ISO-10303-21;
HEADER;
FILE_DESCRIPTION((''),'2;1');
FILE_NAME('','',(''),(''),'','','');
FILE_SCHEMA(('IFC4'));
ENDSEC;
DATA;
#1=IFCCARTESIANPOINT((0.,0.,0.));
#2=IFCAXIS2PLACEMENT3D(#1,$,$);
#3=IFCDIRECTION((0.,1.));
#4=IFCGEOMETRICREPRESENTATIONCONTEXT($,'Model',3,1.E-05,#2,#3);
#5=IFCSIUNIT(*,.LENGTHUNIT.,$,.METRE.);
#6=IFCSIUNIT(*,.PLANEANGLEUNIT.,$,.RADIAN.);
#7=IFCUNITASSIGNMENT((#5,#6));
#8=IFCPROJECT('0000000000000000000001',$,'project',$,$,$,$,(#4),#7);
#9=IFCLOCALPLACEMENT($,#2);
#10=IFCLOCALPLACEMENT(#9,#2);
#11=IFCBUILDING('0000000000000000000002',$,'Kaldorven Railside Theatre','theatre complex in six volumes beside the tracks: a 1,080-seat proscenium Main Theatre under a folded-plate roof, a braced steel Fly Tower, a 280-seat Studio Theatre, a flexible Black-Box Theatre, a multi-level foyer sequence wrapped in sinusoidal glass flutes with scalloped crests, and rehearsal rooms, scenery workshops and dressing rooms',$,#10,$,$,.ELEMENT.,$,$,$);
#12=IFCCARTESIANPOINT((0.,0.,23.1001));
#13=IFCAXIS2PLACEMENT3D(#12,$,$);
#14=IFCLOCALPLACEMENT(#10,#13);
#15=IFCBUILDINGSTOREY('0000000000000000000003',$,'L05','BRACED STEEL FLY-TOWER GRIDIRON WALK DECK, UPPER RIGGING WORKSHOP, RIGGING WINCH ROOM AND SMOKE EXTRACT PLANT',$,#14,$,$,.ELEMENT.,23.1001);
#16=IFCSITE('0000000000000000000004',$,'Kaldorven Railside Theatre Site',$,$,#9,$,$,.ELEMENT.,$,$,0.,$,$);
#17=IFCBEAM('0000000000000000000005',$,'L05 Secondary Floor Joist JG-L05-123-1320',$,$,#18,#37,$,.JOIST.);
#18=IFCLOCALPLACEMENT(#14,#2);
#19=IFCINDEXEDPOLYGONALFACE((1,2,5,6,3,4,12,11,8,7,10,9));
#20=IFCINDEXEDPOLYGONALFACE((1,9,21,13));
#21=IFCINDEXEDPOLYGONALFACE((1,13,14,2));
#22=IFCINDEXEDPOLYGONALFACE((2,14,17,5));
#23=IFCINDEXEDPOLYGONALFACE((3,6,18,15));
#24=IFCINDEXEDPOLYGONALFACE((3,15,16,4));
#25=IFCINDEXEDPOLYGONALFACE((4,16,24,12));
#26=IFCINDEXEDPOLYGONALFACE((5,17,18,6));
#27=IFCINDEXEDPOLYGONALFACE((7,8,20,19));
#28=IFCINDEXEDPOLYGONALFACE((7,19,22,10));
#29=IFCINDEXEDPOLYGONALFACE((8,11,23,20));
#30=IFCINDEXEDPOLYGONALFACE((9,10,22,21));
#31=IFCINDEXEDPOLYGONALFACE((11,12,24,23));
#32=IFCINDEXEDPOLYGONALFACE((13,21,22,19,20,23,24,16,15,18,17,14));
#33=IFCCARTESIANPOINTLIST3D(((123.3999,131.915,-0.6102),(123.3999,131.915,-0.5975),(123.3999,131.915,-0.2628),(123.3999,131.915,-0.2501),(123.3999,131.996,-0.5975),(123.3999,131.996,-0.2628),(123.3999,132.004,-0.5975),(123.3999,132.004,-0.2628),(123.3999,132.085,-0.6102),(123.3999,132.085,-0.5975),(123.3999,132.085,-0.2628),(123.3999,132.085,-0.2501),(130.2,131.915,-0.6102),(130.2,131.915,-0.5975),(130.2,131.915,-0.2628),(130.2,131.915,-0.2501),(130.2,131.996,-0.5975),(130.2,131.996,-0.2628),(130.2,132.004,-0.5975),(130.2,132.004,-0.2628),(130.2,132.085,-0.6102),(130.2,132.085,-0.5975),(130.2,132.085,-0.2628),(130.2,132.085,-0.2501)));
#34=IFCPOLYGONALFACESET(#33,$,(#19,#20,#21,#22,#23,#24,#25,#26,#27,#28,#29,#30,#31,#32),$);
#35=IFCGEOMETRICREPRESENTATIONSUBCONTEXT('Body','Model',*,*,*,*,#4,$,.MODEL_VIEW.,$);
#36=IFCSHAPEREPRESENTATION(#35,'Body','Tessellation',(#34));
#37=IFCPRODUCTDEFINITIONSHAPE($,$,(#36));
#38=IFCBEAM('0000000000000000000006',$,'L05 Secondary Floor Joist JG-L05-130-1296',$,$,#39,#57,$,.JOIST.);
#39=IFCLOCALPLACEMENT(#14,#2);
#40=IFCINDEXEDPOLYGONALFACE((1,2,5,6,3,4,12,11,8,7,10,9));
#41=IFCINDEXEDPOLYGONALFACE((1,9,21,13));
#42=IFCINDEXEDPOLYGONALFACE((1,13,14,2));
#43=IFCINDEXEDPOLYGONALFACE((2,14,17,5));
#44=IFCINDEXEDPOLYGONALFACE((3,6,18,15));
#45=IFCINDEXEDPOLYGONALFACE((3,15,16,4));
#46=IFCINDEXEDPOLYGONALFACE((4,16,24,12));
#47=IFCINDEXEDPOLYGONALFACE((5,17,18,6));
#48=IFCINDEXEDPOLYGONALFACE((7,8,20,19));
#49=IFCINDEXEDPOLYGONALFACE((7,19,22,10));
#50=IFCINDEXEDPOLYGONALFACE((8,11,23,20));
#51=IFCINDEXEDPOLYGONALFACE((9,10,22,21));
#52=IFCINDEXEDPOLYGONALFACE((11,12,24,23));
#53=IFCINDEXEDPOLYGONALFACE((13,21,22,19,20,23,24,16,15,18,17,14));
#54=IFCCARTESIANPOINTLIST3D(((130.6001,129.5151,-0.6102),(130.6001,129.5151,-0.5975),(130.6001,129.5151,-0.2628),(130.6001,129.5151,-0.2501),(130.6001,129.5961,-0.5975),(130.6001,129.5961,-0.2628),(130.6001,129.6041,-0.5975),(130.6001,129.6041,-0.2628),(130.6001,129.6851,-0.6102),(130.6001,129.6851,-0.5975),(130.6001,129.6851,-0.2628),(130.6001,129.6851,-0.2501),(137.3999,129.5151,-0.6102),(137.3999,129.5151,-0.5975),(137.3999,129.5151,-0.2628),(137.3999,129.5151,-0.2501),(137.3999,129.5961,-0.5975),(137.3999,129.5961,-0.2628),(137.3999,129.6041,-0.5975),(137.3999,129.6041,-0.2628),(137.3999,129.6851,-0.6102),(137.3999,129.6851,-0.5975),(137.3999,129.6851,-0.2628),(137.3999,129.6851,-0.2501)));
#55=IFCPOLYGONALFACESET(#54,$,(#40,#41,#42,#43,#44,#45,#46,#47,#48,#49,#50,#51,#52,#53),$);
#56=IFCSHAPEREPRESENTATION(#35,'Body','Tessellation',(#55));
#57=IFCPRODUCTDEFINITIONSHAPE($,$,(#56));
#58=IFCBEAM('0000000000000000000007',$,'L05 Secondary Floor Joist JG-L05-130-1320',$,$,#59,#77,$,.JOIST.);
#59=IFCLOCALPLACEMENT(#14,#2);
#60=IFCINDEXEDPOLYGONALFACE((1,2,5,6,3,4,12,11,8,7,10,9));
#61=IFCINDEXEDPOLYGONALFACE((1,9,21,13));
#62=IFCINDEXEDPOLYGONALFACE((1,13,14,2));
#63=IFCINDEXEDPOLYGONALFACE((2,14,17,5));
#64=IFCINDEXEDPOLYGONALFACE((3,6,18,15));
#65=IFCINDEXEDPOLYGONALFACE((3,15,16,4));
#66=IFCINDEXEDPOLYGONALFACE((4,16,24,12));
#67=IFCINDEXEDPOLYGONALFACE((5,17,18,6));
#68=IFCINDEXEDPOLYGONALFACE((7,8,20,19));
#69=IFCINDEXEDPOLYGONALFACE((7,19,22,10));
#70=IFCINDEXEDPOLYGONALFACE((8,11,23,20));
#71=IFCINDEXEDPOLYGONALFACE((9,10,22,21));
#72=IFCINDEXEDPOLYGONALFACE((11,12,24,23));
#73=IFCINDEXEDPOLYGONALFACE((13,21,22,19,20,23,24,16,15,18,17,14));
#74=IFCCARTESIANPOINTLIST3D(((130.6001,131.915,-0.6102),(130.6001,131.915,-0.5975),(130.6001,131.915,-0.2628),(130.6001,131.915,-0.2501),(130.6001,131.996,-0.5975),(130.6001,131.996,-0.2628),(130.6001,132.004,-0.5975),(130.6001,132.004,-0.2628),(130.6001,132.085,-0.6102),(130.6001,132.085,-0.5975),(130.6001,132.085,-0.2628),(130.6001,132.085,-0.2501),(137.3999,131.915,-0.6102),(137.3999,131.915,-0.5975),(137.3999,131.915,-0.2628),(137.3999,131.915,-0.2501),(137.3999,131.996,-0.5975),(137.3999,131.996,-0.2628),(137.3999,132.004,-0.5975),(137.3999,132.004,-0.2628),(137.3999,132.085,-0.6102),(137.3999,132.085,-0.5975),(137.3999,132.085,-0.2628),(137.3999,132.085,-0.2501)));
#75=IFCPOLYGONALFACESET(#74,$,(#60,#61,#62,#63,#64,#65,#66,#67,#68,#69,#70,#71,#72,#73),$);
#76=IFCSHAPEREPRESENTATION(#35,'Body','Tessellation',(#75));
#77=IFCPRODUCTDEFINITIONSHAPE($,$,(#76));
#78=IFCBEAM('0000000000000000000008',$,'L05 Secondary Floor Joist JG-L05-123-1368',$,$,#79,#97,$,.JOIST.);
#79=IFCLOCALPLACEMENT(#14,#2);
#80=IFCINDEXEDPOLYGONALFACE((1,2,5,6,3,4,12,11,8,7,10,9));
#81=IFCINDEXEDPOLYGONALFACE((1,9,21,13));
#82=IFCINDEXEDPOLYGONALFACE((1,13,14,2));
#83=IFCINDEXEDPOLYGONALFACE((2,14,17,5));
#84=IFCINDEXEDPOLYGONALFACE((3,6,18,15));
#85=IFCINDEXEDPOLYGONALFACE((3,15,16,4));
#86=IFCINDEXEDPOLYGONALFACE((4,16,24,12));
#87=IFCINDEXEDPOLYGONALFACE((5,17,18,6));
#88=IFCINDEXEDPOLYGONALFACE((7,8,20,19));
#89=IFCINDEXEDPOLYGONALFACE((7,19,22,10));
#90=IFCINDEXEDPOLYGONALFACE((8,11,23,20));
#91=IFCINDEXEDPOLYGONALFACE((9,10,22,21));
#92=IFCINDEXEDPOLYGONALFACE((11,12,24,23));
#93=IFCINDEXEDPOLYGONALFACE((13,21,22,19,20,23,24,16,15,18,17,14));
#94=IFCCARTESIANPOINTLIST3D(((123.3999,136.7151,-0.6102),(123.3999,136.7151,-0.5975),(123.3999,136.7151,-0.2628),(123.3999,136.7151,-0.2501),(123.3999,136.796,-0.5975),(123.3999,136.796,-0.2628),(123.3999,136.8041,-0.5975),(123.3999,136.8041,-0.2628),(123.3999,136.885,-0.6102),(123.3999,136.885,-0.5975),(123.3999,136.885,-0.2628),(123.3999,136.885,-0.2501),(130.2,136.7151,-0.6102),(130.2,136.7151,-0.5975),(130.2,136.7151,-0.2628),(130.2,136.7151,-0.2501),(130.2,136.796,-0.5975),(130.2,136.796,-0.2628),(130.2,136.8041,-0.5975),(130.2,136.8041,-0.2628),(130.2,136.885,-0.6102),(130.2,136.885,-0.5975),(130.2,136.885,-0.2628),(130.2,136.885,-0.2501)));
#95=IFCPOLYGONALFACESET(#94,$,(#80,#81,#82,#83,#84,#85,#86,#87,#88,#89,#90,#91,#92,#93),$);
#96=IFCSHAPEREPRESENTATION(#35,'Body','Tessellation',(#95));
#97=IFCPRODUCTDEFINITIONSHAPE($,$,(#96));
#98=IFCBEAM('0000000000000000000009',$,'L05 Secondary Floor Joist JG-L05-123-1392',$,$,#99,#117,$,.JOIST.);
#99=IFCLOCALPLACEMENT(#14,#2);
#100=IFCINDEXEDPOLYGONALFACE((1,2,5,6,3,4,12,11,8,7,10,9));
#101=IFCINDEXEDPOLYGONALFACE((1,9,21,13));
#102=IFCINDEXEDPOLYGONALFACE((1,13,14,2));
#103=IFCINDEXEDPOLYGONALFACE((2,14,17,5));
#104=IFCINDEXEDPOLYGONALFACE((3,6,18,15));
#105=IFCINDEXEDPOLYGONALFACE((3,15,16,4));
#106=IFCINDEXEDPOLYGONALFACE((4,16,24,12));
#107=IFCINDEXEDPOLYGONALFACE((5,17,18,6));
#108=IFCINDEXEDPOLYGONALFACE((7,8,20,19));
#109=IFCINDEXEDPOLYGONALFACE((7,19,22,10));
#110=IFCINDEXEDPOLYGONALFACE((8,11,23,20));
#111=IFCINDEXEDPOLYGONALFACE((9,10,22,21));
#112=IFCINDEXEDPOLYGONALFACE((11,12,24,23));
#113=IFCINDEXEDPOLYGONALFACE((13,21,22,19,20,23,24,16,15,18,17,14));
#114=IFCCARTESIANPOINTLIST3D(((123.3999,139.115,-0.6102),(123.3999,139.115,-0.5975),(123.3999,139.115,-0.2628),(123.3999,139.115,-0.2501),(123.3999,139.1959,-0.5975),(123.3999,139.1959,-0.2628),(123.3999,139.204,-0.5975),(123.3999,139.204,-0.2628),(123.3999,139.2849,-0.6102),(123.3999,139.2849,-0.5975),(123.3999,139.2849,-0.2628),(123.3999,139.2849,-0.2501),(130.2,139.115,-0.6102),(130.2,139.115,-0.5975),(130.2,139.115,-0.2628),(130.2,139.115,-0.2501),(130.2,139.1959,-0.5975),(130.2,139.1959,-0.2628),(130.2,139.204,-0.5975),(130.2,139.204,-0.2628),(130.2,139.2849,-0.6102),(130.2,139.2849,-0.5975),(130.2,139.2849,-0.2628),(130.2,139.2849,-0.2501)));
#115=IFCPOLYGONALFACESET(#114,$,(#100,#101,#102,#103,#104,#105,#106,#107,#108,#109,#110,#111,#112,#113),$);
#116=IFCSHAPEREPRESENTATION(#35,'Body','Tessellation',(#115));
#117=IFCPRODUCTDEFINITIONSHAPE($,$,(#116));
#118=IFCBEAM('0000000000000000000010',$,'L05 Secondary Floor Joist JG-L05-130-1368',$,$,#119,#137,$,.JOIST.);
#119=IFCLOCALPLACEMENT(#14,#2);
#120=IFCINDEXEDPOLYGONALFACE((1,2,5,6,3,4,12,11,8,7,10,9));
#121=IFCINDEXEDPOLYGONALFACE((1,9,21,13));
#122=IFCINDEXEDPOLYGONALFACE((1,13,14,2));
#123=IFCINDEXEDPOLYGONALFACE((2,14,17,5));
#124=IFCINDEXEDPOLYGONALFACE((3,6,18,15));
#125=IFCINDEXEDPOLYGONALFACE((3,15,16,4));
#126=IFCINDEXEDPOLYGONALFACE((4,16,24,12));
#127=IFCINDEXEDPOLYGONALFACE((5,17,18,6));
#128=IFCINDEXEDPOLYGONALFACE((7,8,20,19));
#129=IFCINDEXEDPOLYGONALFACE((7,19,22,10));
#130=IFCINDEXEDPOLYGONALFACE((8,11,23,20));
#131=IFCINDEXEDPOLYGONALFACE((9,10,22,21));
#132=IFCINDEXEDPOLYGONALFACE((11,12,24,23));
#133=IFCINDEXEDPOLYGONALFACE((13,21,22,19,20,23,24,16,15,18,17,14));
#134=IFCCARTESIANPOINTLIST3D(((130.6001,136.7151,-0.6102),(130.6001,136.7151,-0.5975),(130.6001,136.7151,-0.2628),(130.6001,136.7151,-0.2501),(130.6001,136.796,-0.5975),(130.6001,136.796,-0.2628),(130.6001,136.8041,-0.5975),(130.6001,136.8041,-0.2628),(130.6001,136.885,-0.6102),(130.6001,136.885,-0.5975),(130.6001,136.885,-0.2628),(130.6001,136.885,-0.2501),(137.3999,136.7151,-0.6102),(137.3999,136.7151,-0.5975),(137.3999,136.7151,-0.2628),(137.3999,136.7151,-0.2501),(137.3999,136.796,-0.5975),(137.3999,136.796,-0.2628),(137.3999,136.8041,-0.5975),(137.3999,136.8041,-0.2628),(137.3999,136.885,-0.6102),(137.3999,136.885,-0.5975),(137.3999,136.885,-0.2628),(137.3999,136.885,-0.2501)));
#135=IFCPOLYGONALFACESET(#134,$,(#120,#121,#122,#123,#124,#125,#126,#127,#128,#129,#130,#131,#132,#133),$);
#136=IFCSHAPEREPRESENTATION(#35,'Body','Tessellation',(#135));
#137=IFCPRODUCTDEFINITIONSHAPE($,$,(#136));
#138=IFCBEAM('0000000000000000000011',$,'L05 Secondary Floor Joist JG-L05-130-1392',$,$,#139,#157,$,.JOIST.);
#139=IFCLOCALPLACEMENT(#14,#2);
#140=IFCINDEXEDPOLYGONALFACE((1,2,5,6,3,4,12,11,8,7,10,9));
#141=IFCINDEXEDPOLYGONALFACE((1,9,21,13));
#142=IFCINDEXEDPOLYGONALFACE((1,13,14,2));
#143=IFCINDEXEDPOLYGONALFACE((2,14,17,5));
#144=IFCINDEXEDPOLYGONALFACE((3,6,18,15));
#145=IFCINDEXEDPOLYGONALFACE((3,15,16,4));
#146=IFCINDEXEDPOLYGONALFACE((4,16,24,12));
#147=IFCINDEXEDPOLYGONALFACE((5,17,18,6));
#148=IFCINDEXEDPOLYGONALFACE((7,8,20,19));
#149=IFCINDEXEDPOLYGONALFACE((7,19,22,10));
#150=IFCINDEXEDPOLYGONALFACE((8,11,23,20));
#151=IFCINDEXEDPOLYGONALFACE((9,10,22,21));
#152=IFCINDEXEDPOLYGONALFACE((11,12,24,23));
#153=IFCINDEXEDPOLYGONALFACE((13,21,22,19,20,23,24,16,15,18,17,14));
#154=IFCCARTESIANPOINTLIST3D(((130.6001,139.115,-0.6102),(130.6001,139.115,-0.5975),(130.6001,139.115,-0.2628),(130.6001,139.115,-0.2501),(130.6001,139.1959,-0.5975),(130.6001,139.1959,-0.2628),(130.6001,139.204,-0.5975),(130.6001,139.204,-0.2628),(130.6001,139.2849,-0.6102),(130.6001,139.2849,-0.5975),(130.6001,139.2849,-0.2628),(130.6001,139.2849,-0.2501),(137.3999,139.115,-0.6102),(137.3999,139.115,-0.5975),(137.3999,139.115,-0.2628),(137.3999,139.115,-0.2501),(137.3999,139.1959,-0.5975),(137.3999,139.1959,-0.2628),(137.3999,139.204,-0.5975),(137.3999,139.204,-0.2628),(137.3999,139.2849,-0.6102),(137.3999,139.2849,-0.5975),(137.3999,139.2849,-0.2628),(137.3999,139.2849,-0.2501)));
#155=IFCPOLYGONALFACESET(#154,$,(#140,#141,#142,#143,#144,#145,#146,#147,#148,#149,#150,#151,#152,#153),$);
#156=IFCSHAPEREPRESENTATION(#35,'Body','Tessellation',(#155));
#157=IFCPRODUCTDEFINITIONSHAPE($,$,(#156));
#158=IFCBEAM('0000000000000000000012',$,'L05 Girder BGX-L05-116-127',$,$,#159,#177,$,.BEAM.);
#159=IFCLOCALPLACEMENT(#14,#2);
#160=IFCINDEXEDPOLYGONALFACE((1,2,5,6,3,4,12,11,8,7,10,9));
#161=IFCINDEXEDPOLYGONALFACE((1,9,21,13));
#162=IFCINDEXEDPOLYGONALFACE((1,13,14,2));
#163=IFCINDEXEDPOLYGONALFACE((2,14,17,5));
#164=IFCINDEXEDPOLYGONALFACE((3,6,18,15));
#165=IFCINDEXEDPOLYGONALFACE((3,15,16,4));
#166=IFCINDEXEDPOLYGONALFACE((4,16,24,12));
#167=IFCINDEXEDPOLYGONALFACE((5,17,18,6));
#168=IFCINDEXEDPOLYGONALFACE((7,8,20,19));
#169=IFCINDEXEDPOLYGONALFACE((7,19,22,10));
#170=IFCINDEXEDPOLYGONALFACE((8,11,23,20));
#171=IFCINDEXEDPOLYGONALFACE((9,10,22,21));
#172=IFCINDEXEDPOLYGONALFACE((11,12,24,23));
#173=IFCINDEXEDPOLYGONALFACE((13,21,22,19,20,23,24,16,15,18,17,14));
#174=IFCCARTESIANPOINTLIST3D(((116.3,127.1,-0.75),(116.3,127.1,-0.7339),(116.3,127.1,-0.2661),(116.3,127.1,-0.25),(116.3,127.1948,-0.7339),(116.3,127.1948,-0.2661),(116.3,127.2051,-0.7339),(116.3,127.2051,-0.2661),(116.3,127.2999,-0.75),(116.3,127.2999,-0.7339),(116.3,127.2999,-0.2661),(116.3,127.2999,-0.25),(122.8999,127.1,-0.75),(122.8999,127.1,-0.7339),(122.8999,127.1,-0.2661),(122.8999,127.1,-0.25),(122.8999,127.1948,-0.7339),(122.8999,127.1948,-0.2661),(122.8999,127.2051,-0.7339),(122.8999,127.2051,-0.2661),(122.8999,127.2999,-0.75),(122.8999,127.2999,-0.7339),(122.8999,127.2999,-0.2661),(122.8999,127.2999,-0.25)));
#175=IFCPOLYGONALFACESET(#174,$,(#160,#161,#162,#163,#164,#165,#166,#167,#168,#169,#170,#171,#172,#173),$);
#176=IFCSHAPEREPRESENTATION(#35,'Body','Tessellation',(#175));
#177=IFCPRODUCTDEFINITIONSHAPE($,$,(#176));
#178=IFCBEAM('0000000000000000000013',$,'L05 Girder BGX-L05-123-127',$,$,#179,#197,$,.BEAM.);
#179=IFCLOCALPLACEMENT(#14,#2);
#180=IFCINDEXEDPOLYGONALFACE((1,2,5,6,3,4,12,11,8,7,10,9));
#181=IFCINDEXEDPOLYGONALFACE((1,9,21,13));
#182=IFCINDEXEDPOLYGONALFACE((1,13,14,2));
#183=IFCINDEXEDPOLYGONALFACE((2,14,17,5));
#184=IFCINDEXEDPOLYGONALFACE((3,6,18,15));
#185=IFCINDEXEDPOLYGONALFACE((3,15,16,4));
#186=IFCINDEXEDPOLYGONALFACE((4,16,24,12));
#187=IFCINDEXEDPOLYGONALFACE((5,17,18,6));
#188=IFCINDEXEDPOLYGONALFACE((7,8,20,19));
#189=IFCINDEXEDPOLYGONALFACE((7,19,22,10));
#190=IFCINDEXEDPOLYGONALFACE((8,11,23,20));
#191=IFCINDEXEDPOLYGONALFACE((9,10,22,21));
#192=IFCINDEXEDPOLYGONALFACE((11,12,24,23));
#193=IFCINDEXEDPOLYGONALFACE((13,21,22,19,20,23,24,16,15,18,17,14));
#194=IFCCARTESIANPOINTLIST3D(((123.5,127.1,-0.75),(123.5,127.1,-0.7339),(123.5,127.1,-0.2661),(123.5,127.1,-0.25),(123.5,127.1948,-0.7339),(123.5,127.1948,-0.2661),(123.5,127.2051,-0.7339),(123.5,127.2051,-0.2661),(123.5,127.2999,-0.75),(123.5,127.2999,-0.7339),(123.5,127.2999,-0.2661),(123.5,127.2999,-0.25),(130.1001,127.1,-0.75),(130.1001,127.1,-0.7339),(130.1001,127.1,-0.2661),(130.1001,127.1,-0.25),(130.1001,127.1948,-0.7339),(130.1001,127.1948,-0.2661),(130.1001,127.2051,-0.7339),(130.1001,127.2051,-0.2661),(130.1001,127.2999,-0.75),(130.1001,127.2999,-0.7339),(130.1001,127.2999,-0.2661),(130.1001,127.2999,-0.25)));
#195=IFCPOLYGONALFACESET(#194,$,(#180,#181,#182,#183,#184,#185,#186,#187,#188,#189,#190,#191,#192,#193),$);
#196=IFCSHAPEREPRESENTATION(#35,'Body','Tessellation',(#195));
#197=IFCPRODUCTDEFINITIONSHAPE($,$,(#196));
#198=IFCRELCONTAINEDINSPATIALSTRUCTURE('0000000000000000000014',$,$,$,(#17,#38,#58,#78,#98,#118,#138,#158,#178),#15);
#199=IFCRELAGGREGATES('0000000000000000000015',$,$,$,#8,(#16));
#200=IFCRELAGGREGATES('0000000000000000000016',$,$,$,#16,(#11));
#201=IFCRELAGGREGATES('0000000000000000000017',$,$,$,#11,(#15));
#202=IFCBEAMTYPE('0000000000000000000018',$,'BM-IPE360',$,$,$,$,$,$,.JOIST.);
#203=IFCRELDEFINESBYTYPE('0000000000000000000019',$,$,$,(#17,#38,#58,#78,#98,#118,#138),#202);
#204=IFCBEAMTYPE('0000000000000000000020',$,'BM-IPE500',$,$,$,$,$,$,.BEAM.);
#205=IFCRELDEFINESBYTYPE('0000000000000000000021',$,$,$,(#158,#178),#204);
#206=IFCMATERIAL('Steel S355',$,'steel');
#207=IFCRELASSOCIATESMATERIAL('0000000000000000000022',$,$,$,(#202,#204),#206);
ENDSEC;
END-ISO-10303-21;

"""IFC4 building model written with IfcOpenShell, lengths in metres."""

from ifc_helpers import new_model, si_unit, direction, frame, origin, origin_2d, place, context, subcontext, project, spatial, i_section, extrude, material, material_profile, profile_set, type_object, element, save


model = new_model("IFC4")

# Units and contexts
model_context = context("Model", 3, precision=1e-05, world=origin(), true_north=direction((0.0, 1.0)))
body_context = subcontext(model_context, "Body", "Model", "MODEL_VIEW")
ifc_project = project(units=[si_unit("LENGTHUNIT", "METRE"), si_unit("PLANEANGLEUNIT", "RADIAN")], contexts=[model_context])

# Site, building, storey
site_placement = place(None, origin())
site = spatial("IfcSite", under=ifc_project, at=site_placement, Name="Kaldorven Railside Theatre Site", CompositionType="ELEMENT", RefElevation=0.0)
building_placement = place(site_placement, origin())
building = spatial("IfcBuilding", under=site, at=building_placement, Name="Kaldorven Railside Theatre", Description="theatre complex in six volumes beside the tracks: a 1,080-seat proscenium Main Theatre under a folded-plate roof, a braced steel Fly Tower, a 280-seat Studio Theatre, a flexible Black-Box Theatre, a multi-level foyer sequence wrapped in sinusoidal glass flutes with scalloped crests, and rehearsal rooms, scenery workshops and dressing rooms", CompositionType="ELEMENT")
storey_placement = place(building_placement, frame((0.0, 0.0, 23.1001)))
storey = spatial("IfcBuildingStorey", under=building, at=storey_placement, Name="L05", Description="BRACED STEEL FLY-TOWER GRIDIRON WALK DECK, UPPER RIGGING WORKSHOP, RIGGING WINCH ROOM AND SMOKE EXTRACT PLANT", CompositionType="ELEMENT", Elevation=23.1001)

# Beams
ifc_material_1 = material(Name="Steel S355", Category="steel")
ifc_material_profile_1 = material_profile(ifc_material_1, i_section(OverallWidth=0.1699, OverallDepth=0.3601, WebThickness=0.0081, FlangeThickness=0.0127, at=origin_2d()), Name="IPE 360")
ifc_profile_set_1 = profile_set([ifc_material_profile_1], Name="Steel S355")
beam_type_1 = type_object("IfcBeamType", Name="BM-IPE360", PredefinedType="JOIST", material=ifc_profile_set_1)
for number, where, z_axis, x_axis, name in (
    (1, (123.3999, 132.0, -0.4302), (1.0, 0.0, 0.0), (0.0, 1.0, 0.0), "L05 Secondary Floor Joist JG-L05-123-1320"),
):
    element("IfcBeam", number, at=place(storey_placement, frame(where, z_axis=z_axis, x_axis=x_axis)), inside=storey, type_object=beam_type_1, Name=name, PredefinedType="JOIST", context=body_context, shape_type="SweptSolid", body=[
        extrude(i_section(OverallWidth=0.1699, OverallDepth=0.3601, WebThickness=0.0081, FlangeThickness=0.0127, at=origin_2d()), origin(), (0.0, 0.0, 1.0), 6.8),
    ])
for number, where, z_axis, x_axis, name in (
    (2, (130.6001, 129.6001, -0.4302), (1.0, 0.0, 0.0), (0.0, 1.0, 0.0), "L05 Secondary Floor Joist JG-L05-130-1296"),
    (3, (130.6001, 132.0, -0.4302), (1.0, 0.0, 0.0), (0.0, 1.0, 0.0), "L05 Secondary Floor Joist JG-L05-130-1320"),
):
    element("IfcBeam", number, at=place(storey_placement, frame(where, z_axis=z_axis, x_axis=x_axis)), inside=storey, type_object=beam_type_1, Name=name, PredefinedType="JOIST", context=body_context, shape_type="SweptSolid", body=[
        extrude(i_section(OverallWidth=0.1699, OverallDepth=0.3601, WebThickness=0.0081, FlangeThickness=0.0127, at=origin_2d()), origin(), (0.0, 0.0, 1.0), 6.7998),
    ])
for number, where, z_axis, x_axis, name in (
    (4, (123.3999, 136.8, -0.4302), (1.0, 0.0, 0.0), (0.0, 1.0, 0.0), "L05 Secondary Floor Joist JG-L05-123-1368"),
    (5, (123.3999, 139.2, -0.4302), (1.0, 0.0, 0.0), (0.0, 1.0, 0.0), "L05 Secondary Floor Joist JG-L05-123-1392"),
):
    element("IfcBeam", number, at=place(storey_placement, frame(where, z_axis=z_axis, x_axis=x_axis)), inside=storey, type_object=beam_type_1, Name=name, PredefinedType="JOIST", context=body_context, shape_type="SweptSolid", body=[
        extrude(i_section(OverallWidth=0.1699, OverallDepth=0.3601, WebThickness=0.0081, FlangeThickness=0.0127, at=origin_2d()), origin(), (0.0, 0.0, 1.0), 6.8),
    ])
for number, where, z_axis, x_axis, name in (
    (6, (130.6001, 136.8, -0.4302), (1.0, 0.0, 0.0), (0.0, 1.0, 0.0), "L05 Secondary Floor Joist JG-L05-130-1368"),
    (7, (130.6001, 139.2, -0.4302), (1.0, 0.0, 0.0), (0.0, 1.0, 0.0), "L05 Secondary Floor Joist JG-L05-130-1392"),
):
    element("IfcBeam", number, at=place(storey_placement, frame(where, z_axis=z_axis, x_axis=x_axis)), inside=storey, type_object=beam_type_1, Name=name, PredefinedType="JOIST", context=body_context, shape_type="SweptSolid", body=[
        extrude(i_section(OverallWidth=0.1699, OverallDepth=0.3601, WebThickness=0.0081, FlangeThickness=0.0127, at=origin_2d()), origin(), (0.0, 0.0, 1.0), 6.7998),
    ])
ifc_material_profile_2 = material_profile(ifc_material_1, i_section(OverallWidth=0.2, OverallDepth=0.5, WebThickness=0.0103, FlangeThickness=0.0161, at=origin_2d()), Name="IPE 500")
ifc_profile_set_2 = profile_set([ifc_material_profile_2], Name="Steel S355")
beam_type_2 = type_object("IfcBeamType", Name="BM-IPE500", PredefinedType="BEAM", material=ifc_profile_set_2)
beam_1_placement = place(storey_placement, frame((116.3, 127.2, -0.5), z_axis=(1.0, 0.0, 0.0), x_axis=(0.0, 1.0, 0.0)))
element("IfcBeam", 8, at=beam_1_placement, inside=storey, type_object=beam_type_2, Name="L05 Girder BGX-L05-116-127", PredefinedType="BEAM", context=body_context, shape_type="SweptSolid", body=[
    extrude(i_section(OverallWidth=0.2, OverallDepth=0.5, WebThickness=0.0103, FlangeThickness=0.0161, at=origin_2d()), origin(), (0.0, 0.0, 1.0), 6.5999),
])
for number, where, z_axis, x_axis, name in (
    (9, (123.5, 127.2, -0.5), (1.0, 0.0, 0.0), (0.0, 1.0, 0.0), "L05 Girder BGX-L05-123-127"),
):
    element("IfcBeam", number, at=place(storey_placement, frame(where, z_axis=z_axis, x_axis=x_axis)), inside=storey, type_object=beam_type_2, Name=name, PredefinedType="BEAM", context=body_context, shape_type="SweptSolid", body=[
        extrude(i_section(OverallWidth=0.2, OverallDepth=0.5, WebThickness=0.0103, FlangeThickness=0.0161, at=origin_2d()), origin(), (0.0, 0.0, 1.0), 6.6001),
    ])

save(model, "model.ifc")
